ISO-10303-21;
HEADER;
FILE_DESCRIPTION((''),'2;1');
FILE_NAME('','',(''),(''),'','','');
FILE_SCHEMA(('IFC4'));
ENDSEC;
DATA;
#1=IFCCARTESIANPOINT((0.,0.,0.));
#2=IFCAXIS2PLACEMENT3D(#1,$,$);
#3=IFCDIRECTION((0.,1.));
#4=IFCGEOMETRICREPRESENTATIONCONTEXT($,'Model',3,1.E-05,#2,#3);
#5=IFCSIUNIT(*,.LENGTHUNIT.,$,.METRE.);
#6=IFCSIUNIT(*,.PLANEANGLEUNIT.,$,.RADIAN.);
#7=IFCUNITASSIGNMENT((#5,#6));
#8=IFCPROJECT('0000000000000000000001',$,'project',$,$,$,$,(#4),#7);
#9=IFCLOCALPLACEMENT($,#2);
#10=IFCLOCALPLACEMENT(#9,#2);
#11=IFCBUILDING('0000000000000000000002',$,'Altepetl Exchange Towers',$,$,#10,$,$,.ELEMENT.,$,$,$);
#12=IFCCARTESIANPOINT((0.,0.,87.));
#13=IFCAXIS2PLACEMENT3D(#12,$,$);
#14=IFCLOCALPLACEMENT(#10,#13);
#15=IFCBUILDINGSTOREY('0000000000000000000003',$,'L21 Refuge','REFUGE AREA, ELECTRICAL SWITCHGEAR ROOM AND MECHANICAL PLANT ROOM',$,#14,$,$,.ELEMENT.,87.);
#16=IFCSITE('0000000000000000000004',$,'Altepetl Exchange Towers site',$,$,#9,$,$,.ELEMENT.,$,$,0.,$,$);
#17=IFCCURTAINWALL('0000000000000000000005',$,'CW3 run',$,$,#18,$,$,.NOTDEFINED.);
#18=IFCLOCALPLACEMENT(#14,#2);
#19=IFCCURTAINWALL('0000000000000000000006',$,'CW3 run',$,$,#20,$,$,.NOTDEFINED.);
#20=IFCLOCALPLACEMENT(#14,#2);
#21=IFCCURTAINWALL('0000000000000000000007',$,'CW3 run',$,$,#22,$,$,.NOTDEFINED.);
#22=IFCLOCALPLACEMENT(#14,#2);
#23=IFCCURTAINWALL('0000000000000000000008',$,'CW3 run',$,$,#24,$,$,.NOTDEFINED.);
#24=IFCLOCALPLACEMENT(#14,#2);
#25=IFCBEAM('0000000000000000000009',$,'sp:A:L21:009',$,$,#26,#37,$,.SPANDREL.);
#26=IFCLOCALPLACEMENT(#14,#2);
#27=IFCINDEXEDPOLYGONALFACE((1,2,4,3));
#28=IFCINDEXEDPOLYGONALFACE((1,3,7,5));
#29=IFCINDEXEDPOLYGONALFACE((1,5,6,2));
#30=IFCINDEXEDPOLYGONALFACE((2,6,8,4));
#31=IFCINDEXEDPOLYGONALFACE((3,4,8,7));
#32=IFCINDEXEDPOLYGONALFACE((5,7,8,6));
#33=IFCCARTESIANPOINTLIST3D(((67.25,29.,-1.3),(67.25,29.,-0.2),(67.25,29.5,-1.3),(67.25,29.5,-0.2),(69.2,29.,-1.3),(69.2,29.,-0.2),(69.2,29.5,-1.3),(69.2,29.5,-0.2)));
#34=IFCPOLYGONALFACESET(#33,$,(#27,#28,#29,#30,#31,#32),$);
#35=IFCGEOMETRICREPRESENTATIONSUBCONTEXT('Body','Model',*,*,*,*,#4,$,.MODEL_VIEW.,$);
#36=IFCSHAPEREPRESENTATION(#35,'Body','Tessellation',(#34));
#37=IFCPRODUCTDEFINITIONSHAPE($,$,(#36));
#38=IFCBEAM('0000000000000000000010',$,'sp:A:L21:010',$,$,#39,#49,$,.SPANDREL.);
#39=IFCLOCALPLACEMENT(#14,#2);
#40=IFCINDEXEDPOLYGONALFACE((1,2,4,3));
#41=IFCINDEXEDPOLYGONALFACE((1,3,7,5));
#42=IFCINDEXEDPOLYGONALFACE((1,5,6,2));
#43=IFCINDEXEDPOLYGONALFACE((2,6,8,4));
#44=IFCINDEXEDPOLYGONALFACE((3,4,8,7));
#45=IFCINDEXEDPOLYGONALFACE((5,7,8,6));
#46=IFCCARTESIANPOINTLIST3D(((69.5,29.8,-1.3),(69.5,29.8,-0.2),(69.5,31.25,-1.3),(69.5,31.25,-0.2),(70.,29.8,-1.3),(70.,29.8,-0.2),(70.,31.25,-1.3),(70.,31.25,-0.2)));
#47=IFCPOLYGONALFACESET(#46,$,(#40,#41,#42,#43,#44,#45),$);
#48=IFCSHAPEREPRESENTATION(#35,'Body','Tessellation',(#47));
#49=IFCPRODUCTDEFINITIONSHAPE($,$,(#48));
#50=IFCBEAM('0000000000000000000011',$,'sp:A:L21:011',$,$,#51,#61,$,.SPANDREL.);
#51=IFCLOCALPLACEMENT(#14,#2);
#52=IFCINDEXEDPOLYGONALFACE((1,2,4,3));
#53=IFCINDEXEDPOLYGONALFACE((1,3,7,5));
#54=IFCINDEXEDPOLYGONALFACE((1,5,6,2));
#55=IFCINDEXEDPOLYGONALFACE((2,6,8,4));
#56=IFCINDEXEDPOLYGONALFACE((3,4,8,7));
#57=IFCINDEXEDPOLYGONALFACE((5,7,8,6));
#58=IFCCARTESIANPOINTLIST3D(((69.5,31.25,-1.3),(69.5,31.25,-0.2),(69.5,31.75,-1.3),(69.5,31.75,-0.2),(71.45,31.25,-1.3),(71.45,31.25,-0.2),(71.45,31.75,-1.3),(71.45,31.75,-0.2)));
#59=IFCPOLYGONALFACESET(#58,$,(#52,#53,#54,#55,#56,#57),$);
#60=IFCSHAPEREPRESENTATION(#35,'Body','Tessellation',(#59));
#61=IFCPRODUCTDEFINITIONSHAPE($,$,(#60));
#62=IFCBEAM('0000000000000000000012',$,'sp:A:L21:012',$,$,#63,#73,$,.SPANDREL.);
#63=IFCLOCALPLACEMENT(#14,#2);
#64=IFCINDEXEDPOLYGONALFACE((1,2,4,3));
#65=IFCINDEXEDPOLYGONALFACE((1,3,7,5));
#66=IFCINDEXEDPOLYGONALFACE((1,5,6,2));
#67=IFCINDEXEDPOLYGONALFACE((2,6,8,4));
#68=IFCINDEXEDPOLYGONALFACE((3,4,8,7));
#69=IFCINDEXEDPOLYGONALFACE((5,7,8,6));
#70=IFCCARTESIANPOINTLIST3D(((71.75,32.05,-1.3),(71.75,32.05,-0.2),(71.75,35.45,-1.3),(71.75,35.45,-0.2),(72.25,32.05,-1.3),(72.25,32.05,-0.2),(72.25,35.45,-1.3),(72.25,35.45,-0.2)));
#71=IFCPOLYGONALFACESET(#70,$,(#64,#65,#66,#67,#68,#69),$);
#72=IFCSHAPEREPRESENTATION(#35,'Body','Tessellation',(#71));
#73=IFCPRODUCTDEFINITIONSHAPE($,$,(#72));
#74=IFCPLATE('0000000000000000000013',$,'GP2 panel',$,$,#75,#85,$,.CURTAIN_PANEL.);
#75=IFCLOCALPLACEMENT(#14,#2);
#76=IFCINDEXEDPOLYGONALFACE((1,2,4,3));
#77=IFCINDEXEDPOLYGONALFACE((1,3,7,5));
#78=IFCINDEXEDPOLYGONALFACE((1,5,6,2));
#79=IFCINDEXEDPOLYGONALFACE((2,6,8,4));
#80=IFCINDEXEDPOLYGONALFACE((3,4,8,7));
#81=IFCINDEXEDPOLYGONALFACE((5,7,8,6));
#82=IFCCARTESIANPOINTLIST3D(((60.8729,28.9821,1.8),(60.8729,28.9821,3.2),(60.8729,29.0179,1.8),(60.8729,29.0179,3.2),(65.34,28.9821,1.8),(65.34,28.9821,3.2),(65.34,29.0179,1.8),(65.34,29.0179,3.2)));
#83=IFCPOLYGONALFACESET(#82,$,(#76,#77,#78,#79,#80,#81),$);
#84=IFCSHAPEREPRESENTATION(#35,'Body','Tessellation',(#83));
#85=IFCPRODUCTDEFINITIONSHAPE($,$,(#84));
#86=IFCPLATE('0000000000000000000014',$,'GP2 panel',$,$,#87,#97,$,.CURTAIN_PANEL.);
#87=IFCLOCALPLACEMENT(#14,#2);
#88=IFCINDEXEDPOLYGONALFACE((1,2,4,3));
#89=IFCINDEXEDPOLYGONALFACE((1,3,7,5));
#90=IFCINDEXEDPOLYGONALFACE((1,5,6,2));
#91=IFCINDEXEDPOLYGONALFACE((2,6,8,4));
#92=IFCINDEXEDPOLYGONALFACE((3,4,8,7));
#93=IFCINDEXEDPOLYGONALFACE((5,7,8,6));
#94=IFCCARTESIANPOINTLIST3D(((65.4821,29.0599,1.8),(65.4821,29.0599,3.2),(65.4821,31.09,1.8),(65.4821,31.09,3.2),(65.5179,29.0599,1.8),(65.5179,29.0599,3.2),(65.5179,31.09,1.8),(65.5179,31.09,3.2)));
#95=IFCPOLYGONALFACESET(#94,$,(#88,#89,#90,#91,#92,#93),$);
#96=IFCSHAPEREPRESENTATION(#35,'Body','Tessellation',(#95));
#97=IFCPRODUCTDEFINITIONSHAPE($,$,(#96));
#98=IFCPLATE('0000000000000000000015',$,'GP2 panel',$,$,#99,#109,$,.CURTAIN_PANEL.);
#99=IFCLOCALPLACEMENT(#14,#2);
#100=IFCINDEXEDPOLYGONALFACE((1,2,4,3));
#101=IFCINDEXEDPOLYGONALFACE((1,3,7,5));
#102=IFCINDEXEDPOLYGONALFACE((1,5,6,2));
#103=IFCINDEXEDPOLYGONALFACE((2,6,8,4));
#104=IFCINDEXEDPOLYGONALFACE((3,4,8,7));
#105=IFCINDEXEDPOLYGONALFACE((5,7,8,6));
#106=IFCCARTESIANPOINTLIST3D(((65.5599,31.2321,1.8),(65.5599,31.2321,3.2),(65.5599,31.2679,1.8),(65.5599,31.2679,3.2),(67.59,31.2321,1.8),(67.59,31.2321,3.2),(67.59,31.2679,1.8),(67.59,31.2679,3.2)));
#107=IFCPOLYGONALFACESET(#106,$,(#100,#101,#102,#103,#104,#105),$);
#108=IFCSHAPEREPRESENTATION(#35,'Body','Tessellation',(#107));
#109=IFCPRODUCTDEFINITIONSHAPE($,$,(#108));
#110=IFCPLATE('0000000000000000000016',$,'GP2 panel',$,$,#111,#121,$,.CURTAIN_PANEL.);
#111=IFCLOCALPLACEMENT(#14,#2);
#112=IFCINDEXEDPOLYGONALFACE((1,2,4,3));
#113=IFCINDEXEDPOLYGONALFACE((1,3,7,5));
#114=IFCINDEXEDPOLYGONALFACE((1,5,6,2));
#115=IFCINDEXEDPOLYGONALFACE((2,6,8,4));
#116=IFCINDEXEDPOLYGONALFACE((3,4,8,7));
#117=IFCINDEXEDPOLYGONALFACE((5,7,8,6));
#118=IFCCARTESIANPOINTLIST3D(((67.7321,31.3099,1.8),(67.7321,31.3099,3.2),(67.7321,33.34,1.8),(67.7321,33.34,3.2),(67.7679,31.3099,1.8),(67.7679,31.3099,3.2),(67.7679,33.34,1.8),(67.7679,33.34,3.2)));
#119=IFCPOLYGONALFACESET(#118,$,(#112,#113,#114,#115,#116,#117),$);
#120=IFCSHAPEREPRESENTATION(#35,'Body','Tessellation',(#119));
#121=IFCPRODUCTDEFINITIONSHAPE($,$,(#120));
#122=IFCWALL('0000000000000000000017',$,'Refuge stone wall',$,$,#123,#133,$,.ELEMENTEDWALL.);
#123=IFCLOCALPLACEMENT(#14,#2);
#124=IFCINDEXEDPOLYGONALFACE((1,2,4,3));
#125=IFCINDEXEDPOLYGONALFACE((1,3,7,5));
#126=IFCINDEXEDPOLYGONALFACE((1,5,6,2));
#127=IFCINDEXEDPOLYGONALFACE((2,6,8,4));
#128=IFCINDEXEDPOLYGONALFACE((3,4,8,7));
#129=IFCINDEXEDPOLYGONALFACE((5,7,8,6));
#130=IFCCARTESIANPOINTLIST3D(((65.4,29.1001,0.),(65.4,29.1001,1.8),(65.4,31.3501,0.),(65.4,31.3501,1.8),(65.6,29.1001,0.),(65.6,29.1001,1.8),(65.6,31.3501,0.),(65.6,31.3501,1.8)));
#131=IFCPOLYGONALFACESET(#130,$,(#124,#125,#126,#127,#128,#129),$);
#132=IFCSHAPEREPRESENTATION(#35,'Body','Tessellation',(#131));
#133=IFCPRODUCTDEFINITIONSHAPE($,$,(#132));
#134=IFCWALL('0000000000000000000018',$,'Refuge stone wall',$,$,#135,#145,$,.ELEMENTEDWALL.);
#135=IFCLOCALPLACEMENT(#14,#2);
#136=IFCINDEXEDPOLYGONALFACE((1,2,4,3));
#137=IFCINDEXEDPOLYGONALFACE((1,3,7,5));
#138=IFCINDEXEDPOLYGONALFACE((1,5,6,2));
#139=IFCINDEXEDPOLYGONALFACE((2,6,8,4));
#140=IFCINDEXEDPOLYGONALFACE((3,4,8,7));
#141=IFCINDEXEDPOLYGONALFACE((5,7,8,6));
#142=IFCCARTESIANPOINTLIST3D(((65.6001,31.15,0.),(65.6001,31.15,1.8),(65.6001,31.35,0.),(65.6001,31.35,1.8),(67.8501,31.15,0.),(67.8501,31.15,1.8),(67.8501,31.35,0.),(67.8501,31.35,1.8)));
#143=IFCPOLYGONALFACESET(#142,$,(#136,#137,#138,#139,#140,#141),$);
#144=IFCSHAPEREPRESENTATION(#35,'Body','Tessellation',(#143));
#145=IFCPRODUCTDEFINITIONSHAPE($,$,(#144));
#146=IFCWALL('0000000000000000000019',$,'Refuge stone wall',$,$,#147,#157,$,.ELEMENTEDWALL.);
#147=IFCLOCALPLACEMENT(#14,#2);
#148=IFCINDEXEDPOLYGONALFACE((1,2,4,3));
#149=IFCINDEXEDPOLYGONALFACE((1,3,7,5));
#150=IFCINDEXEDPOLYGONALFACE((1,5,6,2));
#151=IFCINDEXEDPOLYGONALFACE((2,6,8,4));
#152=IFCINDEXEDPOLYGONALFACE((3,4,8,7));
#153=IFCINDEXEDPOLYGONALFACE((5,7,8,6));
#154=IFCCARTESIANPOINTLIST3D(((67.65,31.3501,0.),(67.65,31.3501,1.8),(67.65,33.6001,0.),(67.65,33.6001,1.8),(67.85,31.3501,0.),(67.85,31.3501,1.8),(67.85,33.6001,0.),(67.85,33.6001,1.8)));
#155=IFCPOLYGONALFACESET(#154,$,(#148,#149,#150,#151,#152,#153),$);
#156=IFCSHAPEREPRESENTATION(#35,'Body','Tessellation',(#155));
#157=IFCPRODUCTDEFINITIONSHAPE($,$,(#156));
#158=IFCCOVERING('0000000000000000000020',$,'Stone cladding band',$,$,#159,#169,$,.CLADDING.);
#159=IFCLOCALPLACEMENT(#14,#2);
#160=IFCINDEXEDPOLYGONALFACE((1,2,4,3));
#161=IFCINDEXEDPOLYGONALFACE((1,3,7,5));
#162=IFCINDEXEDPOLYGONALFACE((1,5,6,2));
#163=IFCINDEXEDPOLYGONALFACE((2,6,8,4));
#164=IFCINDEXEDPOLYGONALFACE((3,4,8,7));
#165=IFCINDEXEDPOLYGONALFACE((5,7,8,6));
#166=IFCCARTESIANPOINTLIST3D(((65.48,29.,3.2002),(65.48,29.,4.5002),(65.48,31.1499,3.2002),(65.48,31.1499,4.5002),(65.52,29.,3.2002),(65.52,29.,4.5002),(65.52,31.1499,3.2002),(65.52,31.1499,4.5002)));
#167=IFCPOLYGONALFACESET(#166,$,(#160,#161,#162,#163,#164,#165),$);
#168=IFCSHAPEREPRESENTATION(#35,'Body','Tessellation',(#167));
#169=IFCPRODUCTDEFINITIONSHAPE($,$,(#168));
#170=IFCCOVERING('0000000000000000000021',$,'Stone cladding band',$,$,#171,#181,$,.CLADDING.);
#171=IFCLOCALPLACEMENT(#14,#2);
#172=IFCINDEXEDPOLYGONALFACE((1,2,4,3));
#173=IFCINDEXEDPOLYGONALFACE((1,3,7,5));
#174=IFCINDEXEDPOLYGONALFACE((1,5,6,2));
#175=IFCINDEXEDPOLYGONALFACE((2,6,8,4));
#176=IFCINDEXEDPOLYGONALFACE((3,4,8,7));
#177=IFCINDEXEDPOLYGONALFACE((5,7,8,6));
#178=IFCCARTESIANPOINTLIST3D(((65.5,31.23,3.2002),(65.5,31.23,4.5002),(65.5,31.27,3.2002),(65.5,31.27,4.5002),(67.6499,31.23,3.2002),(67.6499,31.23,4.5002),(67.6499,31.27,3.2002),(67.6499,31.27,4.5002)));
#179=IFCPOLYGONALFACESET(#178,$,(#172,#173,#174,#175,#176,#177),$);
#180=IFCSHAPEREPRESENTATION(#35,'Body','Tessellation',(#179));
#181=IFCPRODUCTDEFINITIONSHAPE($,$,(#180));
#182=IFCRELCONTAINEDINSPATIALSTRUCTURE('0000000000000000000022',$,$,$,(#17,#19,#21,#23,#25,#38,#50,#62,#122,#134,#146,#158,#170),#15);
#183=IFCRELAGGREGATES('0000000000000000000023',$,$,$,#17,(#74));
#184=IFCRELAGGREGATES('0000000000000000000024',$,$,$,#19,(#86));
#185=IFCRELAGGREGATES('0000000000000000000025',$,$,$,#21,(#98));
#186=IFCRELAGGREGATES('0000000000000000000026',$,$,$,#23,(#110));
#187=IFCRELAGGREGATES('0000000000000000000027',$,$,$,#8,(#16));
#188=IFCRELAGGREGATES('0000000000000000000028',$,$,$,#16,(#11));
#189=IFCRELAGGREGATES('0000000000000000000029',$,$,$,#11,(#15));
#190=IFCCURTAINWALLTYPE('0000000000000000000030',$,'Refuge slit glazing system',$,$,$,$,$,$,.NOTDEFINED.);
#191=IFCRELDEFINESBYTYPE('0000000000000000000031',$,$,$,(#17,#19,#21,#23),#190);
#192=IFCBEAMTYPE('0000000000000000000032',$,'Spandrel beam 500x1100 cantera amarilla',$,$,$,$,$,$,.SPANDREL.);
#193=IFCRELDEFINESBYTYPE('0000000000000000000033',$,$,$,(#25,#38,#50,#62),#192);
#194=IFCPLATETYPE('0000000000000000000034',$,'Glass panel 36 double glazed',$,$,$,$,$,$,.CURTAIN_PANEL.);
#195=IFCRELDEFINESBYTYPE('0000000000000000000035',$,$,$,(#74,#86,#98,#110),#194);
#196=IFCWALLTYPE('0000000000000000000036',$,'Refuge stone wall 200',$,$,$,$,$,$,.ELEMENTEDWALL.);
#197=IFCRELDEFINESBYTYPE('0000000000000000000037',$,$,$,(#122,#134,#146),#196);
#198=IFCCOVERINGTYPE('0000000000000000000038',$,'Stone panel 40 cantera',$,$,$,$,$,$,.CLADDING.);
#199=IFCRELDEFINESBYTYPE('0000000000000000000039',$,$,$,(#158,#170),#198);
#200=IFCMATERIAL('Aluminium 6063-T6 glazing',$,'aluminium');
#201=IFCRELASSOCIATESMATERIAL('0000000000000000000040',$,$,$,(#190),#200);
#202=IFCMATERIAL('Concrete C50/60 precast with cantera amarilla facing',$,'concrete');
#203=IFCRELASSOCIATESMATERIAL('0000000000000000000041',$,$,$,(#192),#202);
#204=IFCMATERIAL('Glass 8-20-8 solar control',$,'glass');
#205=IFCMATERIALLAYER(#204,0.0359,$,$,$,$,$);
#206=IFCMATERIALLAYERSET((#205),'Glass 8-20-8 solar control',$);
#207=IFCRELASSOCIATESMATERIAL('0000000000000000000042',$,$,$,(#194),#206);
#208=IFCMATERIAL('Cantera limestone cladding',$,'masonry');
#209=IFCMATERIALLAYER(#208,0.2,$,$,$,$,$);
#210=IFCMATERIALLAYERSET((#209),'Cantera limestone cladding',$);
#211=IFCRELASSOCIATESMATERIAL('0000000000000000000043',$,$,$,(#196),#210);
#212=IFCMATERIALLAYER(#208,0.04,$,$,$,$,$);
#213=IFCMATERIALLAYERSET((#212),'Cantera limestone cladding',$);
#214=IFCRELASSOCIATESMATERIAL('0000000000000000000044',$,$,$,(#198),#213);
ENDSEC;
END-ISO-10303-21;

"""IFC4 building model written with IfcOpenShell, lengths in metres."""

from ifc_helpers import new_model, si_unit, direction, frame, frame_2d, origin, origin_2d, place, context, subcontext, project, spatial, rectangle, extrude, material, layer, layer_set, material_profile, profile_set, type_object, element, aggregate, save


model = new_model("IFC4")

# Units and contexts
model_context = context("Model", 3, precision=1e-05, world=origin(), true_north=direction((0.0, 1.0)))
body_context = subcontext(model_context, "Body", "Model", "MODEL_VIEW")
ifc_project = project(units=[si_unit("LENGTHUNIT", "METRE"), si_unit("PLANEANGLEUNIT", "RADIAN")], contexts=[model_context])

# Site, building, storey
site_placement = place(None, origin())
site = spatial("IfcSite", under=ifc_project, at=site_placement, Name="Altepetl Exchange Towers site", CompositionType="ELEMENT", RefElevation=0.0)
building_placement = place(site_placement, origin())
building = spatial("IfcBuilding", under=site, at=building_placement, Name="Altepetl Exchange Towers", CompositionType="ELEMENT")
storey_placement = place(building_placement, frame((0.0, 0.0, 87.0)))
storey = spatial("IfcBuildingStorey", under=building, at=storey_placement, Name="L21 Refuge", Description="REFUGE AREA, ELECTRICAL SWITCHGEAR ROOM AND MECHANICAL PLANT ROOM", CompositionType="ELEMENT", Elevation=87.0)

# Curtain wall
ifc_material_1 = material(Name="Aluminium 6063-T6 glazing", Category="aluminium")
curtain_wall_type = type_object("IfcCurtainWallType", Name="Refuge slit glazing system", PredefinedType="NOTDEFINED", material=ifc_material_1)
curtain_wall_1_placement = place(storey_placement, origin())
curtain_wall_1 = element("IfcCurtainWall", 1, at=curtain_wall_1_placement, inside=storey, type_object=curtain_wall_type, Name="CW3 run", PredefinedType="NOTDEFINED")

# Curtain walls
curtain_wall_2_placement = place(storey_placement, origin())
curtain_wall_2 = element("IfcCurtainWall", 2, at=curtain_wall_2_placement, inside=storey, type_object=curtain_wall_type, Name="CW3 run", PredefinedType="NOTDEFINED")
curtain_wall_3_placement = place(storey_placement, origin())
curtain_wall_3 = element("IfcCurtainWall", 3, at=curtain_wall_3_placement, inside=storey, type_object=curtain_wall_type, Name="CW3 run", PredefinedType="NOTDEFINED")

# Curtain wall
curtain_wall_4_placement = place(storey_placement, origin())
curtain_wall_4 = element("IfcCurtainWall", 4, at=curtain_wall_4_placement, inside=storey, type_object=curtain_wall_type, Name="CW3 run", PredefinedType="NOTDEFINED")

# Beams
ifc_material_2 = material(Name="Concrete C50/60 precast with cantera amarilla facing", Category="concrete")
ifc_material_profile_1 = material_profile(ifc_material_2, rectangle(XDim=0.5, YDim=1.1001, at=origin_2d()), Name="500 x 1100")
ifc_profile_set_1 = profile_set([ifc_material_profile_1], Name="Concrete C50/60 precast with cantera amarilla facing")
beam_type = type_object("IfcBeamType", Name="Spandrel beam 500x1100 cantera amarilla", PredefinedType="SPANDREL", material=ifc_profile_set_1)
beam_1_placement = place(storey_placement, frame((67.25, 29.25, -0.75), z_axis=(1.0, 0.0, 0.0), x_axis=(0.0, 1.0, 0.0)))
element("IfcBeam", 5, at=beam_1_placement, inside=storey, type_object=beam_type, Name="sp:A:L21:009", PredefinedType="SPANDREL", context=body_context, shape_type="SweptSolid", body=[
    extrude(rectangle(XDim=0.5, YDim=1.1001, at=origin_2d()), origin(), (0.0, 0.0, 1.0), 1.95),
])
beam_2_placement = place(storey_placement, frame((69.75, 29.8, -0.75), z_axis=(0.0, 1.0, 0.0), x_axis=(-1.0, 0.0, 0.0)))
element("IfcBeam", 6, at=beam_2_placement, inside=storey, type_object=beam_type, Name="sp:A:L21:010", PredefinedType="SPANDREL", context=body_context, shape_type="SweptSolid", body=[
    extrude(rectangle(XDim=0.5, YDim=1.1001, at=origin_2d()), origin(), (0.0, 0.0, 1.0), 1.45),
])
beam_3_placement = place(storey_placement, frame((69.5, 31.5, -0.75), z_axis=(1.0, 0.0, 0.0), x_axis=(0.0, 1.0, 0.0)))
element("IfcBeam", 7, at=beam_3_placement, inside=storey, type_object=beam_type, Name="sp:A:L21:011", PredefinedType="SPANDREL", context=body_context, shape_type="SweptSolid", body=[
    extrude(rectangle(XDim=0.5, YDim=1.1001, at=origin_2d()), origin(), (0.0, 0.0, 1.0), 1.95),
])
beam_4_placement = place(storey_placement, frame((72.0, 32.05, -0.75), z_axis=(0.0, 1.0, 0.0), x_axis=(-1.0, 0.0, 0.0)))
element("IfcBeam", 8, at=beam_4_placement, inside=storey, type_object=beam_type, Name="sp:A:L21:012", PredefinedType="SPANDREL", context=body_context, shape_type="SweptSolid", body=[
    extrude(rectangle(XDim=0.5, YDim=1.1001, at=origin_2d()), origin(), (0.0, 0.0, 1.0), 3.3999),
])

# Plates
ifc_material_3 = material(Name="Glass 8-20-8 solar control", Category="glass")
ifc_layer_1 = layer(ifc_material_3, 0.0359)
ifc_layer_set_1 = layer_set([ifc_layer_1], Name="Glass 8-20-8 solar control")
plate_type = type_object("IfcPlateType", Name="Glass panel 36 double glazed", PredefinedType="CURTAIN_PANEL", material=ifc_layer_set_1)
plate_1_placement = place(storey_placement, frame((63.1064, 29.0, 1.8)))
plate_1 = element("IfcPlate", 9, at=plate_1_placement, type_object=plate_type, Name="GP2 panel", PredefinedType="CURTAIN_PANEL", context=body_context, shape_type="SweptSolid", body=[
    extrude(rectangle(XDim=4.467, YDim=0.0359, at=origin_2d()), origin(), (0.0, 0.0, 1.0), 1.3999),
])
aggregate(curtain_wall_1, [plate_1])
plate_2_placement = place(storey_placement, frame((65.5, 30.075, 1.8), z_axis=(0.0, 0.0, 1.0), x_axis=(0.0, 1.0, 0.0)))
plate_2 = element("IfcPlate", 10, at=plate_2_placement, type_object=plate_type, Name="GP2 panel", PredefinedType="CURTAIN_PANEL", context=body_context, shape_type="SweptSolid", body=[
    extrude(rectangle(XDim=2.03, YDim=0.0359, at=origin_2d()), origin(), (0.0, 0.0, 1.0), 1.3999),
])
aggregate(curtain_wall_2, [plate_2])
plate_3_placement = place(storey_placement, frame((66.575, 31.25, 1.8)))
plate_3 = element("IfcPlate", 11, at=plate_3_placement, type_object=plate_type, Name="GP2 panel", PredefinedType="CURTAIN_PANEL", context=body_context, shape_type="SweptSolid", body=[
    extrude(rectangle(XDim=2.03, YDim=0.0359, at=origin_2d()), origin(), (0.0, 0.0, 1.0), 1.3999),
])
aggregate(curtain_wall_3, [plate_3])
plate_4_placement = place(storey_placement, frame((67.75, 32.325, 1.8), z_axis=(0.0, 0.0, 1.0), x_axis=(0.0, 1.0, 0.0)))
plate_4 = element("IfcPlate", 12, at=plate_4_placement, type_object=plate_type, Name="GP2 panel", PredefinedType="CURTAIN_PANEL", context=body_context, shape_type="SweptSolid", body=[
    extrude(rectangle(XDim=2.03, YDim=0.0359, at=origin_2d()), origin(), (0.0, 0.0, 1.0), 1.3999),
])
aggregate(curtain_wall_4, [plate_4])

# Walls
ifc_material_4 = material(Name="Cantera limestone cladding", Category="masonry")
ifc_layer_2 = layer(ifc_material_4, 0.2)
ifc_layer_set_2 = layer_set([ifc_layer_2], Name="Cantera limestone cladding")
wall_type = type_object("IfcWallType", Name="Refuge stone wall 200", PredefinedType="ELEMENTEDWALL", material=ifc_layer_set_2)
wall_1_placement = place(storey_placement, frame((65.5, 29.1001, 0.0), z_axis=(0.0, 0.0, 1.0), x_axis=(0.0, 1.0, 0.0)))
element("IfcWall", 13, at=wall_1_placement, inside=storey, type_object=wall_type, Name="Refuge stone wall", PredefinedType="ELEMENTEDWALL", context=body_context, shape_type="SweptSolid", body=[
    extrude(rectangle(XDim=2.25, YDim=0.2, at=frame_2d((1.125, 0.0))), origin(), (0.0, 0.0, 1.0), 1.8),
])
wall_2_placement = place(storey_placement, frame((65.6001, 31.25, 0.0)))
element("IfcWall", 14, at=wall_2_placement, inside=storey, type_object=wall_type, Name="Refuge stone wall", PredefinedType="ELEMENTEDWALL", context=body_context, shape_type="SweptSolid", body=[
    extrude(rectangle(XDim=2.25, YDim=0.2, at=frame_2d((1.125, 0.0))), origin(), (0.0, 0.0, 1.0), 1.8),
])
wall_3_placement = place(storey_placement, frame((67.75, 31.3501, 0.0), z_axis=(0.0, 0.0, 1.0), x_axis=(0.0, 1.0, 0.0)))
element("IfcWall", 15, at=wall_3_placement, inside=storey, type_object=wall_type, Name="Refuge stone wall", PredefinedType="ELEMENTEDWALL", context=body_context, shape_type="SweptSolid", body=[
    extrude(rectangle(XDim=2.25, YDim=0.2, at=frame_2d((1.125, 0.0))), origin(), (0.0, 0.0, 1.0), 1.8),
])

# Coverings
ifc_layer_3 = layer(ifc_material_4, 0.04)
ifc_layer_set_3 = layer_set([ifc_layer_3], Name="Cantera limestone cladding")
covering_type = type_object("IfcCoveringType", Name="Stone panel 40 cantera", PredefinedType="CLADDING", material=ifc_layer_set_3)
covering_1_placement = place(storey_placement, frame((65.5, 30.075, 3.2002), z_axis=(0.0, 0.0, 1.0), x_axis=(0.0, 1.0, 0.0)))
element("IfcCovering", 16, at=covering_1_placement, inside=storey, type_object=covering_type, Name="Stone cladding band", PredefinedType="CLADDING", context=body_context, shape_type="SweptSolid", body=[
    extrude(rectangle(XDim=2.1499, YDim=0.04, at=origin_2d()), origin(), (0.0, 0.0, 1.0), 1.3),
])
covering_2_placement = place(storey_placement, frame((66.575, 31.25, 3.2002)))
element("IfcCovering", 17, at=covering_2_placement, inside=storey, type_object=covering_type, Name="Stone cladding band", PredefinedType="CLADDING", context=body_context, shape_type="SweptSolid", body=[
    extrude(rectangle(XDim=2.1499, YDim=0.04, at=origin_2d()), origin(), (0.0, 0.0, 1.0), 1.3),
])

save(model, "model.ifc")
